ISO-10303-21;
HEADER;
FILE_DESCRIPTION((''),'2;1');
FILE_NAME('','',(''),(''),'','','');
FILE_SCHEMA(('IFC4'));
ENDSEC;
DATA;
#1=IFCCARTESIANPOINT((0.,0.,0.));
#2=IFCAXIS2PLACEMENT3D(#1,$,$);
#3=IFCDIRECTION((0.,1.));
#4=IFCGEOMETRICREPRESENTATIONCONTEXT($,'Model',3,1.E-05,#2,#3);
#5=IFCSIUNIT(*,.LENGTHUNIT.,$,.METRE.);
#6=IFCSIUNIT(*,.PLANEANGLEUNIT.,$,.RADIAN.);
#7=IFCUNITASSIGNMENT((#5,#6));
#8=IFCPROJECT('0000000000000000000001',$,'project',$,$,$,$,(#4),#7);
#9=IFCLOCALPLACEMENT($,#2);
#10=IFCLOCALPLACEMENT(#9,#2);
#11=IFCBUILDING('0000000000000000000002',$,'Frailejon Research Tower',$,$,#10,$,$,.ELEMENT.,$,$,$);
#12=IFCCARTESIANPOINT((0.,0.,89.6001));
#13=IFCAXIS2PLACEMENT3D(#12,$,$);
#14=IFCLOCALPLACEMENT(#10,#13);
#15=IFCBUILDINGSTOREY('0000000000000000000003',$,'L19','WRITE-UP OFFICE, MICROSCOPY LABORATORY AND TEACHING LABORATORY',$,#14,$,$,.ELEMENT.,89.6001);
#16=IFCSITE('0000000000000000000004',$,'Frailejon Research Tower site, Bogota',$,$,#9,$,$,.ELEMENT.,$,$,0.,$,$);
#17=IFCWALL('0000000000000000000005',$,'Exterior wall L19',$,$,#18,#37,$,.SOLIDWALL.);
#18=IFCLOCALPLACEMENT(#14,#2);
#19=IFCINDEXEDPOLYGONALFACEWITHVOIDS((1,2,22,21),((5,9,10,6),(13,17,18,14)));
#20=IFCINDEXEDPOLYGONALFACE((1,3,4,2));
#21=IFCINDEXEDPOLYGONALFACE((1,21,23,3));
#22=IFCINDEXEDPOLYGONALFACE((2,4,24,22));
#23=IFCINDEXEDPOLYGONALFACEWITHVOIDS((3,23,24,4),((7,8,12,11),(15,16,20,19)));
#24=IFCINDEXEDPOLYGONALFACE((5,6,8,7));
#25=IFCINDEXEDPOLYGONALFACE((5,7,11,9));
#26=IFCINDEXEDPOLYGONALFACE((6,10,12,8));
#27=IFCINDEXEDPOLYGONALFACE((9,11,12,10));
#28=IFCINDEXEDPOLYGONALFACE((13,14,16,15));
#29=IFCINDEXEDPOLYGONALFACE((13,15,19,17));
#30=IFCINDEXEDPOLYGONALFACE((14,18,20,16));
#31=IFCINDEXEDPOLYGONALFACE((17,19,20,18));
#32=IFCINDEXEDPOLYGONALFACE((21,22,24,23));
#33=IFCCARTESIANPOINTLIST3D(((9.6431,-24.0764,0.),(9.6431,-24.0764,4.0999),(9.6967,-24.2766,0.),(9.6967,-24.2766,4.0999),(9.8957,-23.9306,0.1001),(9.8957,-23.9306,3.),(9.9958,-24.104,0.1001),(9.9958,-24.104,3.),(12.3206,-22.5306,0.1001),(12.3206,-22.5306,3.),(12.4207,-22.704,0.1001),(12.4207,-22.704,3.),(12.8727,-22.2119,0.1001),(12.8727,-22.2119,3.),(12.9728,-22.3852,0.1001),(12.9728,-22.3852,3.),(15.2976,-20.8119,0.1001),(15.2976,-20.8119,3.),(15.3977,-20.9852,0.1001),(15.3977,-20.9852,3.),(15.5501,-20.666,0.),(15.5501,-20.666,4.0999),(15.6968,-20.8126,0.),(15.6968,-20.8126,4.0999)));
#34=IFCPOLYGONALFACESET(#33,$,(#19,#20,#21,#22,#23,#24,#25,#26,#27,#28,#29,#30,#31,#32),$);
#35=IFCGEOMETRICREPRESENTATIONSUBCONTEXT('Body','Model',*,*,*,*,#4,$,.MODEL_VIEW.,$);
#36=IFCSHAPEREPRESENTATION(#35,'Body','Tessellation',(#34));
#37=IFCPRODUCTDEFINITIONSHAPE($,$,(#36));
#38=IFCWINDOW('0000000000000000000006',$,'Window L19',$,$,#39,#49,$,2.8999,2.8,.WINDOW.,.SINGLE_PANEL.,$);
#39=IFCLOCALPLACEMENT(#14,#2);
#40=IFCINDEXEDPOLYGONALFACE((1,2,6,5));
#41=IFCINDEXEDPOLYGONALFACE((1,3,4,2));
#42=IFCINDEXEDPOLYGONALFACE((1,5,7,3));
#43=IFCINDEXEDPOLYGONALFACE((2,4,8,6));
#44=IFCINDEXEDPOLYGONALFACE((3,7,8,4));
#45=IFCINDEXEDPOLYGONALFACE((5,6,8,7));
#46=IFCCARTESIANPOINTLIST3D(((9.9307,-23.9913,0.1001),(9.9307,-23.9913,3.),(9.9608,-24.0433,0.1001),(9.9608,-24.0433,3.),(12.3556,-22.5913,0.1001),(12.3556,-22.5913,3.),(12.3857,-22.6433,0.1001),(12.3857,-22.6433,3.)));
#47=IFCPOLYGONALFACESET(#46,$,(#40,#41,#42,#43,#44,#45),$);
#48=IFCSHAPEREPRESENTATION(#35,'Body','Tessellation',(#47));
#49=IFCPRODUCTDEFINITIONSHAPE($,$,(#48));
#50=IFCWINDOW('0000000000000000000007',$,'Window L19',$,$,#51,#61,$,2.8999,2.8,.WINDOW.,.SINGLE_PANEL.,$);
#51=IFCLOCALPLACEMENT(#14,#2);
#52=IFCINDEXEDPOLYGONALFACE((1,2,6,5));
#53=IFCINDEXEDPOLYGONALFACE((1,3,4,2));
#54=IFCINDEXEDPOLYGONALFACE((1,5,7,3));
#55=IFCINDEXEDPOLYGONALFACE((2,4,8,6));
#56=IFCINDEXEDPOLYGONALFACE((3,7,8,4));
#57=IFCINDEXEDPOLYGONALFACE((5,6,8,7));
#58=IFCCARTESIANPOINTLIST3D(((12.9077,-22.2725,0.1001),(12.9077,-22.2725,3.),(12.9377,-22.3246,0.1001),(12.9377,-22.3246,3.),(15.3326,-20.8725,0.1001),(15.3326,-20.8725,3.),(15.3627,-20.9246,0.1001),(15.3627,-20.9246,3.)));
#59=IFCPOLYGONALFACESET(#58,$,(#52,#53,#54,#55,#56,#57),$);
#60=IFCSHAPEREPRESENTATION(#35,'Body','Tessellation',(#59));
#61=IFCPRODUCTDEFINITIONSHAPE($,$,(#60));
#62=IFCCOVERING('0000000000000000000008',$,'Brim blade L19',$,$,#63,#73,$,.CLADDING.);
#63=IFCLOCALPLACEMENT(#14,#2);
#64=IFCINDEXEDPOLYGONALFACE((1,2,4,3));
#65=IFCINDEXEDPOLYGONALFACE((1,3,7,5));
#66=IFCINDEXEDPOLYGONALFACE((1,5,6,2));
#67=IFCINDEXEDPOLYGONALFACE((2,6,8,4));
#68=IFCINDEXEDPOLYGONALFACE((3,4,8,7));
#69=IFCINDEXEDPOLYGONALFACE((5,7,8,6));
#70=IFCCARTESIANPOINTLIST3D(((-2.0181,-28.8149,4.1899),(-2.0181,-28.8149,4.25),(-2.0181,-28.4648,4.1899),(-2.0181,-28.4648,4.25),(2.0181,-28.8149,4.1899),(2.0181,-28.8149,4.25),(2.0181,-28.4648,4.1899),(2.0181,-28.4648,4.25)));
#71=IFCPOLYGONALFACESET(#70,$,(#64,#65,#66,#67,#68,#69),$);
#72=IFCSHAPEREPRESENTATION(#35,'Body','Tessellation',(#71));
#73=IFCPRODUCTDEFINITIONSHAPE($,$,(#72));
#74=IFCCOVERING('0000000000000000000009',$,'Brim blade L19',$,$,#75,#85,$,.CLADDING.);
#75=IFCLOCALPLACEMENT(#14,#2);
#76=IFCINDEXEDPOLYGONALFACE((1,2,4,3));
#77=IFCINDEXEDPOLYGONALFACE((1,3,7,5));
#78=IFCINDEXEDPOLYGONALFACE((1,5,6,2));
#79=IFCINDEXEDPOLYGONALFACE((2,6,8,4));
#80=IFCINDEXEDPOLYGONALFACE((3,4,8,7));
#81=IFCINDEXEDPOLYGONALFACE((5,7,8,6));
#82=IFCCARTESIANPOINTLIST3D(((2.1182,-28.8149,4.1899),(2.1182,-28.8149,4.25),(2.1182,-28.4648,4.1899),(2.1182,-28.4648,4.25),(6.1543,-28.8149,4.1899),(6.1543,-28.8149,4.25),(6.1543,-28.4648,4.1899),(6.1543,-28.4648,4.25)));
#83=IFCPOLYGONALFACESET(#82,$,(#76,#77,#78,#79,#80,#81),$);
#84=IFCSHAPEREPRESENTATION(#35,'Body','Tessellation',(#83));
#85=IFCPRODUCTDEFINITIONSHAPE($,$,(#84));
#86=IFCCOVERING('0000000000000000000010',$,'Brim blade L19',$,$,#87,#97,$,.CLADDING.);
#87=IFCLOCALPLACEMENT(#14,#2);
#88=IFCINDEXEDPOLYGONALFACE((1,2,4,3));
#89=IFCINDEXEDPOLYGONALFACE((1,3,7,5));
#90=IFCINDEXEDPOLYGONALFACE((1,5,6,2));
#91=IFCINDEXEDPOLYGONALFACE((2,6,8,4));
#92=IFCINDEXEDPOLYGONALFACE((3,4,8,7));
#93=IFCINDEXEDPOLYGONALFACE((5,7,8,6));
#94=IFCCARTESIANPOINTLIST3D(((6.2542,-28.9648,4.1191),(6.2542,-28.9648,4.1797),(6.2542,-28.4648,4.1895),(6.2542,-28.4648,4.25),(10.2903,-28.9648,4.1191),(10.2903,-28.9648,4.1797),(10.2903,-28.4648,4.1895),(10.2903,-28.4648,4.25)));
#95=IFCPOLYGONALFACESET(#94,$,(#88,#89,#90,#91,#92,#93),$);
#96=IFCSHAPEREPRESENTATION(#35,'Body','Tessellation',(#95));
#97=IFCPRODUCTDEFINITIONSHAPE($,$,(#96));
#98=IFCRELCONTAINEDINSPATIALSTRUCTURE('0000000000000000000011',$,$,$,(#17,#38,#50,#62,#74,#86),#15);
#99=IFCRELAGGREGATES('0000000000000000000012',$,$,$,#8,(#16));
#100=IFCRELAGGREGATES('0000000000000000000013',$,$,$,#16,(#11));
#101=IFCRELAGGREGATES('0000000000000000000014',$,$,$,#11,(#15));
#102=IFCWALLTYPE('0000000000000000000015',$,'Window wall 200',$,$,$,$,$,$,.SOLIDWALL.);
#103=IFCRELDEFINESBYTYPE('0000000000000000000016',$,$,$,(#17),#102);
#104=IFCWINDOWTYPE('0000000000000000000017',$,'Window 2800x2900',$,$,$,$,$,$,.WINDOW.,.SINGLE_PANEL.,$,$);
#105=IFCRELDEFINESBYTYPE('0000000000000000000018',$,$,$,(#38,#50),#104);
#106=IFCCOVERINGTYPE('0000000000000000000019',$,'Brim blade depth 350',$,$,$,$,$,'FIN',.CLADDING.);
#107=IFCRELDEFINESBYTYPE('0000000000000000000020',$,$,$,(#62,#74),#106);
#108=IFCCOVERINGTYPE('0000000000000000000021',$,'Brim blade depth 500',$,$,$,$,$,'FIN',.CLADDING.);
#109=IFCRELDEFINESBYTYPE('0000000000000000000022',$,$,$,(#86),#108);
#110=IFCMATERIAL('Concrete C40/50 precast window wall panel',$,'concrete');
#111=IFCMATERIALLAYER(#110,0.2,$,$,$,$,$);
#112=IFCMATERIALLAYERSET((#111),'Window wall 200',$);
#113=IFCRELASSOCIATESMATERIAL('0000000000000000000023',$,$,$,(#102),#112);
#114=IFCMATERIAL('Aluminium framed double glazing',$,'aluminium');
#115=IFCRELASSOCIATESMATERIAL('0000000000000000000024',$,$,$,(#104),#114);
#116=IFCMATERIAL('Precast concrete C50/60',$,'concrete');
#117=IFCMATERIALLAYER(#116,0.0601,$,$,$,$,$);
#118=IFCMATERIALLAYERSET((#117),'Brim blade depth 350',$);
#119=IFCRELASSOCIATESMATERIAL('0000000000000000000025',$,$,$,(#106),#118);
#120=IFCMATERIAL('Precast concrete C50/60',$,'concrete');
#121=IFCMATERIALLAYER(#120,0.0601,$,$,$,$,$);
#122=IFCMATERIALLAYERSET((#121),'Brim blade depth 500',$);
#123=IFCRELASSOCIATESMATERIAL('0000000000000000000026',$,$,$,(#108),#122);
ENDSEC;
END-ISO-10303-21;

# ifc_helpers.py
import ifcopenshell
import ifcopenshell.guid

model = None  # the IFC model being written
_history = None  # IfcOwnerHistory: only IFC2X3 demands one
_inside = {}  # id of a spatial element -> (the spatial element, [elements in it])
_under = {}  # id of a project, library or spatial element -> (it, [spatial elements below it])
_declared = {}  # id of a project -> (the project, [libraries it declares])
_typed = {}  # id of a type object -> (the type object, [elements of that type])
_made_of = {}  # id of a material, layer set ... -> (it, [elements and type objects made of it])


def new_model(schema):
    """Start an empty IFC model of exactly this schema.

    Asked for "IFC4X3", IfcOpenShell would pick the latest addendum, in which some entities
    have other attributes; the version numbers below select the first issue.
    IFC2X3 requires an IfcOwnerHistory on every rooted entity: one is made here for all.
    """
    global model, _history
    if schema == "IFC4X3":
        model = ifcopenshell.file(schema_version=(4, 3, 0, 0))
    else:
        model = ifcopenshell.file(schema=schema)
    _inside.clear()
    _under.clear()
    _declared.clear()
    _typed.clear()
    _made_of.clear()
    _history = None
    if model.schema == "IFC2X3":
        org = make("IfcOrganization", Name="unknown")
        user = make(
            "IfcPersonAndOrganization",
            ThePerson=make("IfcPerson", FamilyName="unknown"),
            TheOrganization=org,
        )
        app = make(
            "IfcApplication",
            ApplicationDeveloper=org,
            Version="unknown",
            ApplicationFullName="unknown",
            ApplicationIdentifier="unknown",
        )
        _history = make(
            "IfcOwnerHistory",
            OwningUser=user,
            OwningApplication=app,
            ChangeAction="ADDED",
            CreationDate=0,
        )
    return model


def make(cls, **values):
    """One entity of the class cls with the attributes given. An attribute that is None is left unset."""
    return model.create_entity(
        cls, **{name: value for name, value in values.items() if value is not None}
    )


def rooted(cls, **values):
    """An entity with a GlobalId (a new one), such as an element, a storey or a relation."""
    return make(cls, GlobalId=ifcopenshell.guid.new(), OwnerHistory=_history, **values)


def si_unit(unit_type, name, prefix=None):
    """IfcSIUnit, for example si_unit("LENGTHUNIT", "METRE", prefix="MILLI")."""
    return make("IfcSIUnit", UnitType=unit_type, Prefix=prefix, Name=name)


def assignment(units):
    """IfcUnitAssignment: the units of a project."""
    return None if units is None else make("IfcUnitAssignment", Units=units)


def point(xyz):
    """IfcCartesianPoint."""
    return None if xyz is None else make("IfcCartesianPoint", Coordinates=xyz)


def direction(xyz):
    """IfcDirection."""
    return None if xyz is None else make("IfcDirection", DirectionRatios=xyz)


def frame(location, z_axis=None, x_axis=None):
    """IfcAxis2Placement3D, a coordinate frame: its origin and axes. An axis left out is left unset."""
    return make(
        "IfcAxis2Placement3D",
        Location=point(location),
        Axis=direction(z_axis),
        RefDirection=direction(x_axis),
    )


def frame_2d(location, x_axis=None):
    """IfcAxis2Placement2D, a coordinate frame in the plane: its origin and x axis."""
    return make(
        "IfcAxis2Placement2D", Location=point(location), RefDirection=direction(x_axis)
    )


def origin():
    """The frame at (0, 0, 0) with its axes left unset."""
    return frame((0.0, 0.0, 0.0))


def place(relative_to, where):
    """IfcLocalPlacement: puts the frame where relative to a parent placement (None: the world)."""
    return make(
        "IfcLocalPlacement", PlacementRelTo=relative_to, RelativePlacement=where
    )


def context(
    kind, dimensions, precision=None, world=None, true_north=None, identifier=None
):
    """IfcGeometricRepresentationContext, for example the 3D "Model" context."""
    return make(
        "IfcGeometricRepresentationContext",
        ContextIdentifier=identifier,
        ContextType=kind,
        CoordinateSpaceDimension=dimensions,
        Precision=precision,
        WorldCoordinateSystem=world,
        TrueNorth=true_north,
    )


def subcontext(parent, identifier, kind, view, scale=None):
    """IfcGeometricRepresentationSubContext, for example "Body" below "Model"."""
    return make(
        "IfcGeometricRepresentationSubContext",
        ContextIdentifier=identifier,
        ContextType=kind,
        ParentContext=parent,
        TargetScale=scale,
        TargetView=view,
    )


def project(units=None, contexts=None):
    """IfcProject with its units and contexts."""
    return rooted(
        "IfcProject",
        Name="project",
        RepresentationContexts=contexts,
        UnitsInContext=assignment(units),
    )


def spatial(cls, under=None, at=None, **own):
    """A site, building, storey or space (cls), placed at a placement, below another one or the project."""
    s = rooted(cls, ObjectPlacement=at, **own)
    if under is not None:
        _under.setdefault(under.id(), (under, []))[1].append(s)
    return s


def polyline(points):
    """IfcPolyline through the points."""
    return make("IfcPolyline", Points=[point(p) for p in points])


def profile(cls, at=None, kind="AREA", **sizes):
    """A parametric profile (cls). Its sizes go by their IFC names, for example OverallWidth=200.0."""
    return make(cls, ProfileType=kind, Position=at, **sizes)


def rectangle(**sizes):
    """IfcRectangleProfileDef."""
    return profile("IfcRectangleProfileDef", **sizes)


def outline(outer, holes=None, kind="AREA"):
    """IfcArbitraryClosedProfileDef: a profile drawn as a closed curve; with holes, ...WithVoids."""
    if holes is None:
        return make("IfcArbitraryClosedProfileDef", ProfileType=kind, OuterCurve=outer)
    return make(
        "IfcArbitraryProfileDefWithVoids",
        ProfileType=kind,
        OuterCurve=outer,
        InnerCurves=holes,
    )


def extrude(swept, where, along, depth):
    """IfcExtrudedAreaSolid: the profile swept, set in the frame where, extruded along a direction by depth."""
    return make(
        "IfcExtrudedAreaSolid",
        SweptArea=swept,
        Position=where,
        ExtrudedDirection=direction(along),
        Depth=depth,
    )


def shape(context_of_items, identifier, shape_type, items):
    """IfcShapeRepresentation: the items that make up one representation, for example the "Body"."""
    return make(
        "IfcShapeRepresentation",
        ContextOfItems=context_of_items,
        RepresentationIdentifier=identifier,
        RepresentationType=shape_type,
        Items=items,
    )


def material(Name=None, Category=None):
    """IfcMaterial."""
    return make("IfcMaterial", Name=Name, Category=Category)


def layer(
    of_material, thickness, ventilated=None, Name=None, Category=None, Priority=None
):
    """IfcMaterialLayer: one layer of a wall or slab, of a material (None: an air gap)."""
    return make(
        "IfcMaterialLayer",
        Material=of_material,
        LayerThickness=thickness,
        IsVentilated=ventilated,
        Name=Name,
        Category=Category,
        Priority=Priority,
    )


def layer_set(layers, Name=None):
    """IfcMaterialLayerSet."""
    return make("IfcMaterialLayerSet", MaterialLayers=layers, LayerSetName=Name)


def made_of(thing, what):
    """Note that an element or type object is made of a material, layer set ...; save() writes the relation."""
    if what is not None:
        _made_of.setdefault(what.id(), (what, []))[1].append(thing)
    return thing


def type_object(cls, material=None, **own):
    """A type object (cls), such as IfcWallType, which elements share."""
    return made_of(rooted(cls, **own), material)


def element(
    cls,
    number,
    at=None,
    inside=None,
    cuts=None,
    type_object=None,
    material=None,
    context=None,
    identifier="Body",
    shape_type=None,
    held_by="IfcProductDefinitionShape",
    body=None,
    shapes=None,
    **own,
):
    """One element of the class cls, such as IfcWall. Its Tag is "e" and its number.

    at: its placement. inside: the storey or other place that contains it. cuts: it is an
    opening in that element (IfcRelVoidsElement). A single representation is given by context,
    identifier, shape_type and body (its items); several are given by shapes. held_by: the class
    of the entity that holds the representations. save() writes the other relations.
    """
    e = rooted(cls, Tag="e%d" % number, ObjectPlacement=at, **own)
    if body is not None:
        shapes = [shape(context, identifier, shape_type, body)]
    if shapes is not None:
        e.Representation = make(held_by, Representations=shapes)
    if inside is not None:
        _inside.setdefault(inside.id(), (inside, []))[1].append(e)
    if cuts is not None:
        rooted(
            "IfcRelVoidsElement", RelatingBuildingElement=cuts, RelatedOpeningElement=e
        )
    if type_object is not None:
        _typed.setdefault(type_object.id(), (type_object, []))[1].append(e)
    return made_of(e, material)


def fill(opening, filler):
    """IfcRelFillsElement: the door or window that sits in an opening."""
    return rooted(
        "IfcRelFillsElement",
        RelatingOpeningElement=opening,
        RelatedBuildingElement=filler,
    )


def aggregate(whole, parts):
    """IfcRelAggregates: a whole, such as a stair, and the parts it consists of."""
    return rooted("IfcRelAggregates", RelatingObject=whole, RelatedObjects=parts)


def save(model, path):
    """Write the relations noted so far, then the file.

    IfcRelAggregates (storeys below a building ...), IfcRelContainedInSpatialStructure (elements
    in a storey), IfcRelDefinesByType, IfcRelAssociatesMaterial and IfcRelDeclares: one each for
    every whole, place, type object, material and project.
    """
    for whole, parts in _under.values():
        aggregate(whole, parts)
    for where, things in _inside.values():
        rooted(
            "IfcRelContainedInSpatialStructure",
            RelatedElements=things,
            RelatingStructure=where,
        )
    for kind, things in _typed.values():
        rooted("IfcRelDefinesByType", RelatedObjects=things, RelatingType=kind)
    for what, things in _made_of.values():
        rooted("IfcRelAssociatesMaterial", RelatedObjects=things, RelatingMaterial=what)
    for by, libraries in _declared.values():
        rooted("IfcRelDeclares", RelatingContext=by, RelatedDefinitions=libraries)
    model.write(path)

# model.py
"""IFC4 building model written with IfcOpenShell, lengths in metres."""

from ifc_helpers import new_model, si_unit, direction, frame, frame_2d, origin, place, context, subcontext, project, spatial, polyline, rectangle, outline, extrude, material, layer, layer_set, type_object, element, fill, save


model = new_model("IFC4")

# Units and contexts
model_context = context("Model", 3, precision=1e-05, world=origin(), true_north=direction((0.0, 1.0)))
body_context = subcontext(model_context, "Body", "Model", "MODEL_VIEW")
ifc_project = project(units=[si_unit("LENGTHUNIT", "METRE"), si_unit("PLANEANGLEUNIT", "RADIAN")], contexts=[model_context])

# Site, building, storey
site_placement = place(None, origin())
site = spatial("IfcSite", under=ifc_project, at=site_placement, Name="Frailejon Research Tower site, Bogota", CompositionType="ELEMENT", RefElevation=0.0)
building_placement = place(site_placement, origin())
building = spatial("IfcBuilding", under=site, at=building_placement, Name="Frailejon Research Tower", CompositionType="ELEMENT")
storey_placement = place(building_placement, frame((0.0, 0.0, 89.6001)))
storey = spatial("IfcBuildingStorey", under=building, at=storey_placement, Name="L19", Description="WRITE-UP OFFICE, MICROSCOPY LABORATORY AND TEACHING LABORATORY", CompositionType="ELEMENT", Elevation=89.6001)

# Wall, openings, windows
ifc_material_1 = material(Name="Concrete C40/50 precast window wall panel", Category="concrete")
ifc_layer_1 = layer(ifc_material_1, 0.2)
ifc_layer_set_1 = layer_set([ifc_layer_1], Name="Window wall 200")
wall_type_1 = type_object("IfcWallType", Name="Window wall 200", PredefinedType="SOLIDWALL", material=ifc_layer_set_1)
wall_1_placement = place(storey_placement, frame((9.6699, -24.1765, 0.0), z_axis=(0.0, 0.0, 1.0), x_axis=(0.866029, 0.499993, 0.0)))
wall_1 = element("IfcWall", 1, at=wall_1_placement, inside=storey, type_object=wall_type_1, Name="Exterior wall L19", PredefinedType="SOLIDWALL", context=body_context, shape_type="SweptSolid", body=[
    extrude(outline(polyline([(-0.0269, -0.1001), (1.1279, -0.1001), (2.2825, -0.1001), (3.4373, -0.1001), (4.592, -0.1001), (5.7466, -0.1001), (6.9014, -0.1001), (6.8477, 0.1001), (5.7109, 0.1001), (4.574, 0.1001), (3.4373, 0.1001), (2.3005, 0.1001), (1.1636, 0.1001), (0.0269, 0.1001), (-0.0269, -0.1001)])), origin(), (0.0, 0.0, 1.0), 4.0999),
])
opening_1_placement = place(wall_1_placement, frame((0.3186, 0.0, 0.1001)))
opening_1 = element("IfcOpeningElement", 2, at=opening_1_placement, cuts=wall_1, PredefinedType="OPENING", context=body_context, shape_type="SweptSolid", body=[
    extrude(rectangle(XDim=2.8, YDim=2.8999, at=frame_2d((1.3999, 1.45))), frame((0.0, 0.1099, 0.0), z_axis=(0.0, -1.0, 0.0), x_axis=(1.0, 0.0, 0.0)), (0.0, 0.0, 1.0), 0.22),
])
opening_2_placement = place(wall_1_placement, frame((3.7561, 0.0, 0.1001)))
opening_2 = element("IfcOpeningElement", 3, at=opening_2_placement, cuts=wall_1, PredefinedType="OPENING", context=body_context, shape_type="SweptSolid", body=[
    extrude(rectangle(XDim=2.8, YDim=2.8999, at=frame_2d((1.3999, 1.45))), frame((0.0, 0.1099, 0.0), z_axis=(0.0, -1.0, 0.0), x_axis=(1.0, 0.0, 0.0)), (0.0, 0.0, 1.0), 0.22),
])
ifc_material_2 = material(Name="Aluminium framed double glazing", Category="aluminium")
window_type = type_object("IfcWindowType", Name="Window 2800x2900", PartitioningType="SINGLE_PANEL", PredefinedType="WINDOW", material=ifc_material_2)
window_1_placement = place(opening_1_placement, origin())
window_1 = element("IfcWindow", 4, at=window_1_placement, inside=storey, type_object=window_type, Name="Window L19", OverallHeight=2.8999, OverallWidth=2.8, PartitioningType="SINGLE_PANEL", PredefinedType="WINDOW", context=body_context, shape_type="SweptSolid", body=[
    extrude(rectangle(XDim=2.8, YDim=2.8999, at=frame_2d((1.3999, 1.45))), frame((0.0, 0.03, 0.0), z_axis=(0.0, -1.0, 0.0), x_axis=(1.0, 0.0, 0.0)), (0.0, 0.0, 1.0), 0.0601),
])
fill(opening_1, window_1)
window_2_placement = place(opening_2_placement, origin())
window_2 = element("IfcWindow", 5, at=window_2_placement, inside=storey, type_object=window_type, Name="Window L19", OverallHeight=2.8999, OverallWidth=2.8, PartitioningType="SINGLE_PANEL", PredefinedType="WINDOW", context=body_context, shape_type="SweptSolid", body=[
    extrude(rectangle(XDim=2.8, YDim=2.8999, at=frame_2d((1.3999, 1.45))), frame((0.0, 0.03, 0.0), z_axis=(0.0, -1.0, 0.0), x_axis=(1.0, 0.0, 0.0)), (0.0, 0.0, 1.0), 0.0601),
])
fill(opening_2, window_2)

# Coverings
ifc_material_3 = material(Name="Precast concrete C50/60", Category="concrete")
ifc_layer_2 = layer(ifc_material_3, 0.0601)
ifc_layer_set_2 = layer_set([ifc_layer_2], Name="Brim blade depth 350")
covering_type_1 = type_object("IfcCoveringType", Name="Brim blade depth 350", ElementType="FIN", PredefinedType="CLADDING", material=ifc_layer_set_2)
for number, where, z_axis, x_axis, name in (
    (6, (2.0181, -28.4648, 4.25), (-1.0, 0.0, 0.0), (0.0, -1.0, 0.0), "Brim blade L19"),
    (7, (6.1543, -28.4648, 4.25), (-1.0, 0.0, 0.0), (0.0, -1.0, 0.0), "Brim blade L19"),
):
    element("IfcCovering", number, at=place(storey_placement, frame(where, z_axis=z_axis, x_axis=x_axis)), inside=storey, type_object=covering_type_1, Name=name, PredefinedType="CLADDING", context=body_context, shape_type="SweptSolid", body=[
        extrude(outline(polyline([(0.0, -0.0601), (0.3501, -0.0601), (0.3501, 0.0), (0.0, 0.0), (0.0, -0.0601)])), origin(), (0.0, 0.0, 1.0), 4.0361),
    ])
ifc_material_4 = material(Name="Precast concrete C50/60", Category="concrete")
ifc_layer_3 = layer(ifc_material_4, 0.0601)
ifc_layer_set_3 = layer_set([ifc_layer_3], Name="Brim blade depth 500")
covering_type_2 = type_object("IfcCoveringType", Name="Brim blade depth 500", ElementType="FIN", PredefinedType="CLADDING", material=ifc_layer_set_3)
covering_placement = place(storey_placement, frame((10.2903, -28.4648, 4.25), z_axis=(-1.0, 0.0, 0.0), x_axis=(0.0, -1.0, 0.0)))
element("IfcCovering", 8, at=covering_placement, inside=storey, type_object=covering_type_2, Name="Brim blade L19", PredefinedType="CLADDING", context=body_context, shape_type="SweptSolid", body=[
    extrude(outline(polyline([(0.0, -0.0605), (0.5, -0.1309), (0.5, -0.0703), (0.0, 0.0), (0.0, -0.0605)])), origin(), (0.0, 0.0, 1.0), 4.0361),
])

save(model, "model.ifc")
